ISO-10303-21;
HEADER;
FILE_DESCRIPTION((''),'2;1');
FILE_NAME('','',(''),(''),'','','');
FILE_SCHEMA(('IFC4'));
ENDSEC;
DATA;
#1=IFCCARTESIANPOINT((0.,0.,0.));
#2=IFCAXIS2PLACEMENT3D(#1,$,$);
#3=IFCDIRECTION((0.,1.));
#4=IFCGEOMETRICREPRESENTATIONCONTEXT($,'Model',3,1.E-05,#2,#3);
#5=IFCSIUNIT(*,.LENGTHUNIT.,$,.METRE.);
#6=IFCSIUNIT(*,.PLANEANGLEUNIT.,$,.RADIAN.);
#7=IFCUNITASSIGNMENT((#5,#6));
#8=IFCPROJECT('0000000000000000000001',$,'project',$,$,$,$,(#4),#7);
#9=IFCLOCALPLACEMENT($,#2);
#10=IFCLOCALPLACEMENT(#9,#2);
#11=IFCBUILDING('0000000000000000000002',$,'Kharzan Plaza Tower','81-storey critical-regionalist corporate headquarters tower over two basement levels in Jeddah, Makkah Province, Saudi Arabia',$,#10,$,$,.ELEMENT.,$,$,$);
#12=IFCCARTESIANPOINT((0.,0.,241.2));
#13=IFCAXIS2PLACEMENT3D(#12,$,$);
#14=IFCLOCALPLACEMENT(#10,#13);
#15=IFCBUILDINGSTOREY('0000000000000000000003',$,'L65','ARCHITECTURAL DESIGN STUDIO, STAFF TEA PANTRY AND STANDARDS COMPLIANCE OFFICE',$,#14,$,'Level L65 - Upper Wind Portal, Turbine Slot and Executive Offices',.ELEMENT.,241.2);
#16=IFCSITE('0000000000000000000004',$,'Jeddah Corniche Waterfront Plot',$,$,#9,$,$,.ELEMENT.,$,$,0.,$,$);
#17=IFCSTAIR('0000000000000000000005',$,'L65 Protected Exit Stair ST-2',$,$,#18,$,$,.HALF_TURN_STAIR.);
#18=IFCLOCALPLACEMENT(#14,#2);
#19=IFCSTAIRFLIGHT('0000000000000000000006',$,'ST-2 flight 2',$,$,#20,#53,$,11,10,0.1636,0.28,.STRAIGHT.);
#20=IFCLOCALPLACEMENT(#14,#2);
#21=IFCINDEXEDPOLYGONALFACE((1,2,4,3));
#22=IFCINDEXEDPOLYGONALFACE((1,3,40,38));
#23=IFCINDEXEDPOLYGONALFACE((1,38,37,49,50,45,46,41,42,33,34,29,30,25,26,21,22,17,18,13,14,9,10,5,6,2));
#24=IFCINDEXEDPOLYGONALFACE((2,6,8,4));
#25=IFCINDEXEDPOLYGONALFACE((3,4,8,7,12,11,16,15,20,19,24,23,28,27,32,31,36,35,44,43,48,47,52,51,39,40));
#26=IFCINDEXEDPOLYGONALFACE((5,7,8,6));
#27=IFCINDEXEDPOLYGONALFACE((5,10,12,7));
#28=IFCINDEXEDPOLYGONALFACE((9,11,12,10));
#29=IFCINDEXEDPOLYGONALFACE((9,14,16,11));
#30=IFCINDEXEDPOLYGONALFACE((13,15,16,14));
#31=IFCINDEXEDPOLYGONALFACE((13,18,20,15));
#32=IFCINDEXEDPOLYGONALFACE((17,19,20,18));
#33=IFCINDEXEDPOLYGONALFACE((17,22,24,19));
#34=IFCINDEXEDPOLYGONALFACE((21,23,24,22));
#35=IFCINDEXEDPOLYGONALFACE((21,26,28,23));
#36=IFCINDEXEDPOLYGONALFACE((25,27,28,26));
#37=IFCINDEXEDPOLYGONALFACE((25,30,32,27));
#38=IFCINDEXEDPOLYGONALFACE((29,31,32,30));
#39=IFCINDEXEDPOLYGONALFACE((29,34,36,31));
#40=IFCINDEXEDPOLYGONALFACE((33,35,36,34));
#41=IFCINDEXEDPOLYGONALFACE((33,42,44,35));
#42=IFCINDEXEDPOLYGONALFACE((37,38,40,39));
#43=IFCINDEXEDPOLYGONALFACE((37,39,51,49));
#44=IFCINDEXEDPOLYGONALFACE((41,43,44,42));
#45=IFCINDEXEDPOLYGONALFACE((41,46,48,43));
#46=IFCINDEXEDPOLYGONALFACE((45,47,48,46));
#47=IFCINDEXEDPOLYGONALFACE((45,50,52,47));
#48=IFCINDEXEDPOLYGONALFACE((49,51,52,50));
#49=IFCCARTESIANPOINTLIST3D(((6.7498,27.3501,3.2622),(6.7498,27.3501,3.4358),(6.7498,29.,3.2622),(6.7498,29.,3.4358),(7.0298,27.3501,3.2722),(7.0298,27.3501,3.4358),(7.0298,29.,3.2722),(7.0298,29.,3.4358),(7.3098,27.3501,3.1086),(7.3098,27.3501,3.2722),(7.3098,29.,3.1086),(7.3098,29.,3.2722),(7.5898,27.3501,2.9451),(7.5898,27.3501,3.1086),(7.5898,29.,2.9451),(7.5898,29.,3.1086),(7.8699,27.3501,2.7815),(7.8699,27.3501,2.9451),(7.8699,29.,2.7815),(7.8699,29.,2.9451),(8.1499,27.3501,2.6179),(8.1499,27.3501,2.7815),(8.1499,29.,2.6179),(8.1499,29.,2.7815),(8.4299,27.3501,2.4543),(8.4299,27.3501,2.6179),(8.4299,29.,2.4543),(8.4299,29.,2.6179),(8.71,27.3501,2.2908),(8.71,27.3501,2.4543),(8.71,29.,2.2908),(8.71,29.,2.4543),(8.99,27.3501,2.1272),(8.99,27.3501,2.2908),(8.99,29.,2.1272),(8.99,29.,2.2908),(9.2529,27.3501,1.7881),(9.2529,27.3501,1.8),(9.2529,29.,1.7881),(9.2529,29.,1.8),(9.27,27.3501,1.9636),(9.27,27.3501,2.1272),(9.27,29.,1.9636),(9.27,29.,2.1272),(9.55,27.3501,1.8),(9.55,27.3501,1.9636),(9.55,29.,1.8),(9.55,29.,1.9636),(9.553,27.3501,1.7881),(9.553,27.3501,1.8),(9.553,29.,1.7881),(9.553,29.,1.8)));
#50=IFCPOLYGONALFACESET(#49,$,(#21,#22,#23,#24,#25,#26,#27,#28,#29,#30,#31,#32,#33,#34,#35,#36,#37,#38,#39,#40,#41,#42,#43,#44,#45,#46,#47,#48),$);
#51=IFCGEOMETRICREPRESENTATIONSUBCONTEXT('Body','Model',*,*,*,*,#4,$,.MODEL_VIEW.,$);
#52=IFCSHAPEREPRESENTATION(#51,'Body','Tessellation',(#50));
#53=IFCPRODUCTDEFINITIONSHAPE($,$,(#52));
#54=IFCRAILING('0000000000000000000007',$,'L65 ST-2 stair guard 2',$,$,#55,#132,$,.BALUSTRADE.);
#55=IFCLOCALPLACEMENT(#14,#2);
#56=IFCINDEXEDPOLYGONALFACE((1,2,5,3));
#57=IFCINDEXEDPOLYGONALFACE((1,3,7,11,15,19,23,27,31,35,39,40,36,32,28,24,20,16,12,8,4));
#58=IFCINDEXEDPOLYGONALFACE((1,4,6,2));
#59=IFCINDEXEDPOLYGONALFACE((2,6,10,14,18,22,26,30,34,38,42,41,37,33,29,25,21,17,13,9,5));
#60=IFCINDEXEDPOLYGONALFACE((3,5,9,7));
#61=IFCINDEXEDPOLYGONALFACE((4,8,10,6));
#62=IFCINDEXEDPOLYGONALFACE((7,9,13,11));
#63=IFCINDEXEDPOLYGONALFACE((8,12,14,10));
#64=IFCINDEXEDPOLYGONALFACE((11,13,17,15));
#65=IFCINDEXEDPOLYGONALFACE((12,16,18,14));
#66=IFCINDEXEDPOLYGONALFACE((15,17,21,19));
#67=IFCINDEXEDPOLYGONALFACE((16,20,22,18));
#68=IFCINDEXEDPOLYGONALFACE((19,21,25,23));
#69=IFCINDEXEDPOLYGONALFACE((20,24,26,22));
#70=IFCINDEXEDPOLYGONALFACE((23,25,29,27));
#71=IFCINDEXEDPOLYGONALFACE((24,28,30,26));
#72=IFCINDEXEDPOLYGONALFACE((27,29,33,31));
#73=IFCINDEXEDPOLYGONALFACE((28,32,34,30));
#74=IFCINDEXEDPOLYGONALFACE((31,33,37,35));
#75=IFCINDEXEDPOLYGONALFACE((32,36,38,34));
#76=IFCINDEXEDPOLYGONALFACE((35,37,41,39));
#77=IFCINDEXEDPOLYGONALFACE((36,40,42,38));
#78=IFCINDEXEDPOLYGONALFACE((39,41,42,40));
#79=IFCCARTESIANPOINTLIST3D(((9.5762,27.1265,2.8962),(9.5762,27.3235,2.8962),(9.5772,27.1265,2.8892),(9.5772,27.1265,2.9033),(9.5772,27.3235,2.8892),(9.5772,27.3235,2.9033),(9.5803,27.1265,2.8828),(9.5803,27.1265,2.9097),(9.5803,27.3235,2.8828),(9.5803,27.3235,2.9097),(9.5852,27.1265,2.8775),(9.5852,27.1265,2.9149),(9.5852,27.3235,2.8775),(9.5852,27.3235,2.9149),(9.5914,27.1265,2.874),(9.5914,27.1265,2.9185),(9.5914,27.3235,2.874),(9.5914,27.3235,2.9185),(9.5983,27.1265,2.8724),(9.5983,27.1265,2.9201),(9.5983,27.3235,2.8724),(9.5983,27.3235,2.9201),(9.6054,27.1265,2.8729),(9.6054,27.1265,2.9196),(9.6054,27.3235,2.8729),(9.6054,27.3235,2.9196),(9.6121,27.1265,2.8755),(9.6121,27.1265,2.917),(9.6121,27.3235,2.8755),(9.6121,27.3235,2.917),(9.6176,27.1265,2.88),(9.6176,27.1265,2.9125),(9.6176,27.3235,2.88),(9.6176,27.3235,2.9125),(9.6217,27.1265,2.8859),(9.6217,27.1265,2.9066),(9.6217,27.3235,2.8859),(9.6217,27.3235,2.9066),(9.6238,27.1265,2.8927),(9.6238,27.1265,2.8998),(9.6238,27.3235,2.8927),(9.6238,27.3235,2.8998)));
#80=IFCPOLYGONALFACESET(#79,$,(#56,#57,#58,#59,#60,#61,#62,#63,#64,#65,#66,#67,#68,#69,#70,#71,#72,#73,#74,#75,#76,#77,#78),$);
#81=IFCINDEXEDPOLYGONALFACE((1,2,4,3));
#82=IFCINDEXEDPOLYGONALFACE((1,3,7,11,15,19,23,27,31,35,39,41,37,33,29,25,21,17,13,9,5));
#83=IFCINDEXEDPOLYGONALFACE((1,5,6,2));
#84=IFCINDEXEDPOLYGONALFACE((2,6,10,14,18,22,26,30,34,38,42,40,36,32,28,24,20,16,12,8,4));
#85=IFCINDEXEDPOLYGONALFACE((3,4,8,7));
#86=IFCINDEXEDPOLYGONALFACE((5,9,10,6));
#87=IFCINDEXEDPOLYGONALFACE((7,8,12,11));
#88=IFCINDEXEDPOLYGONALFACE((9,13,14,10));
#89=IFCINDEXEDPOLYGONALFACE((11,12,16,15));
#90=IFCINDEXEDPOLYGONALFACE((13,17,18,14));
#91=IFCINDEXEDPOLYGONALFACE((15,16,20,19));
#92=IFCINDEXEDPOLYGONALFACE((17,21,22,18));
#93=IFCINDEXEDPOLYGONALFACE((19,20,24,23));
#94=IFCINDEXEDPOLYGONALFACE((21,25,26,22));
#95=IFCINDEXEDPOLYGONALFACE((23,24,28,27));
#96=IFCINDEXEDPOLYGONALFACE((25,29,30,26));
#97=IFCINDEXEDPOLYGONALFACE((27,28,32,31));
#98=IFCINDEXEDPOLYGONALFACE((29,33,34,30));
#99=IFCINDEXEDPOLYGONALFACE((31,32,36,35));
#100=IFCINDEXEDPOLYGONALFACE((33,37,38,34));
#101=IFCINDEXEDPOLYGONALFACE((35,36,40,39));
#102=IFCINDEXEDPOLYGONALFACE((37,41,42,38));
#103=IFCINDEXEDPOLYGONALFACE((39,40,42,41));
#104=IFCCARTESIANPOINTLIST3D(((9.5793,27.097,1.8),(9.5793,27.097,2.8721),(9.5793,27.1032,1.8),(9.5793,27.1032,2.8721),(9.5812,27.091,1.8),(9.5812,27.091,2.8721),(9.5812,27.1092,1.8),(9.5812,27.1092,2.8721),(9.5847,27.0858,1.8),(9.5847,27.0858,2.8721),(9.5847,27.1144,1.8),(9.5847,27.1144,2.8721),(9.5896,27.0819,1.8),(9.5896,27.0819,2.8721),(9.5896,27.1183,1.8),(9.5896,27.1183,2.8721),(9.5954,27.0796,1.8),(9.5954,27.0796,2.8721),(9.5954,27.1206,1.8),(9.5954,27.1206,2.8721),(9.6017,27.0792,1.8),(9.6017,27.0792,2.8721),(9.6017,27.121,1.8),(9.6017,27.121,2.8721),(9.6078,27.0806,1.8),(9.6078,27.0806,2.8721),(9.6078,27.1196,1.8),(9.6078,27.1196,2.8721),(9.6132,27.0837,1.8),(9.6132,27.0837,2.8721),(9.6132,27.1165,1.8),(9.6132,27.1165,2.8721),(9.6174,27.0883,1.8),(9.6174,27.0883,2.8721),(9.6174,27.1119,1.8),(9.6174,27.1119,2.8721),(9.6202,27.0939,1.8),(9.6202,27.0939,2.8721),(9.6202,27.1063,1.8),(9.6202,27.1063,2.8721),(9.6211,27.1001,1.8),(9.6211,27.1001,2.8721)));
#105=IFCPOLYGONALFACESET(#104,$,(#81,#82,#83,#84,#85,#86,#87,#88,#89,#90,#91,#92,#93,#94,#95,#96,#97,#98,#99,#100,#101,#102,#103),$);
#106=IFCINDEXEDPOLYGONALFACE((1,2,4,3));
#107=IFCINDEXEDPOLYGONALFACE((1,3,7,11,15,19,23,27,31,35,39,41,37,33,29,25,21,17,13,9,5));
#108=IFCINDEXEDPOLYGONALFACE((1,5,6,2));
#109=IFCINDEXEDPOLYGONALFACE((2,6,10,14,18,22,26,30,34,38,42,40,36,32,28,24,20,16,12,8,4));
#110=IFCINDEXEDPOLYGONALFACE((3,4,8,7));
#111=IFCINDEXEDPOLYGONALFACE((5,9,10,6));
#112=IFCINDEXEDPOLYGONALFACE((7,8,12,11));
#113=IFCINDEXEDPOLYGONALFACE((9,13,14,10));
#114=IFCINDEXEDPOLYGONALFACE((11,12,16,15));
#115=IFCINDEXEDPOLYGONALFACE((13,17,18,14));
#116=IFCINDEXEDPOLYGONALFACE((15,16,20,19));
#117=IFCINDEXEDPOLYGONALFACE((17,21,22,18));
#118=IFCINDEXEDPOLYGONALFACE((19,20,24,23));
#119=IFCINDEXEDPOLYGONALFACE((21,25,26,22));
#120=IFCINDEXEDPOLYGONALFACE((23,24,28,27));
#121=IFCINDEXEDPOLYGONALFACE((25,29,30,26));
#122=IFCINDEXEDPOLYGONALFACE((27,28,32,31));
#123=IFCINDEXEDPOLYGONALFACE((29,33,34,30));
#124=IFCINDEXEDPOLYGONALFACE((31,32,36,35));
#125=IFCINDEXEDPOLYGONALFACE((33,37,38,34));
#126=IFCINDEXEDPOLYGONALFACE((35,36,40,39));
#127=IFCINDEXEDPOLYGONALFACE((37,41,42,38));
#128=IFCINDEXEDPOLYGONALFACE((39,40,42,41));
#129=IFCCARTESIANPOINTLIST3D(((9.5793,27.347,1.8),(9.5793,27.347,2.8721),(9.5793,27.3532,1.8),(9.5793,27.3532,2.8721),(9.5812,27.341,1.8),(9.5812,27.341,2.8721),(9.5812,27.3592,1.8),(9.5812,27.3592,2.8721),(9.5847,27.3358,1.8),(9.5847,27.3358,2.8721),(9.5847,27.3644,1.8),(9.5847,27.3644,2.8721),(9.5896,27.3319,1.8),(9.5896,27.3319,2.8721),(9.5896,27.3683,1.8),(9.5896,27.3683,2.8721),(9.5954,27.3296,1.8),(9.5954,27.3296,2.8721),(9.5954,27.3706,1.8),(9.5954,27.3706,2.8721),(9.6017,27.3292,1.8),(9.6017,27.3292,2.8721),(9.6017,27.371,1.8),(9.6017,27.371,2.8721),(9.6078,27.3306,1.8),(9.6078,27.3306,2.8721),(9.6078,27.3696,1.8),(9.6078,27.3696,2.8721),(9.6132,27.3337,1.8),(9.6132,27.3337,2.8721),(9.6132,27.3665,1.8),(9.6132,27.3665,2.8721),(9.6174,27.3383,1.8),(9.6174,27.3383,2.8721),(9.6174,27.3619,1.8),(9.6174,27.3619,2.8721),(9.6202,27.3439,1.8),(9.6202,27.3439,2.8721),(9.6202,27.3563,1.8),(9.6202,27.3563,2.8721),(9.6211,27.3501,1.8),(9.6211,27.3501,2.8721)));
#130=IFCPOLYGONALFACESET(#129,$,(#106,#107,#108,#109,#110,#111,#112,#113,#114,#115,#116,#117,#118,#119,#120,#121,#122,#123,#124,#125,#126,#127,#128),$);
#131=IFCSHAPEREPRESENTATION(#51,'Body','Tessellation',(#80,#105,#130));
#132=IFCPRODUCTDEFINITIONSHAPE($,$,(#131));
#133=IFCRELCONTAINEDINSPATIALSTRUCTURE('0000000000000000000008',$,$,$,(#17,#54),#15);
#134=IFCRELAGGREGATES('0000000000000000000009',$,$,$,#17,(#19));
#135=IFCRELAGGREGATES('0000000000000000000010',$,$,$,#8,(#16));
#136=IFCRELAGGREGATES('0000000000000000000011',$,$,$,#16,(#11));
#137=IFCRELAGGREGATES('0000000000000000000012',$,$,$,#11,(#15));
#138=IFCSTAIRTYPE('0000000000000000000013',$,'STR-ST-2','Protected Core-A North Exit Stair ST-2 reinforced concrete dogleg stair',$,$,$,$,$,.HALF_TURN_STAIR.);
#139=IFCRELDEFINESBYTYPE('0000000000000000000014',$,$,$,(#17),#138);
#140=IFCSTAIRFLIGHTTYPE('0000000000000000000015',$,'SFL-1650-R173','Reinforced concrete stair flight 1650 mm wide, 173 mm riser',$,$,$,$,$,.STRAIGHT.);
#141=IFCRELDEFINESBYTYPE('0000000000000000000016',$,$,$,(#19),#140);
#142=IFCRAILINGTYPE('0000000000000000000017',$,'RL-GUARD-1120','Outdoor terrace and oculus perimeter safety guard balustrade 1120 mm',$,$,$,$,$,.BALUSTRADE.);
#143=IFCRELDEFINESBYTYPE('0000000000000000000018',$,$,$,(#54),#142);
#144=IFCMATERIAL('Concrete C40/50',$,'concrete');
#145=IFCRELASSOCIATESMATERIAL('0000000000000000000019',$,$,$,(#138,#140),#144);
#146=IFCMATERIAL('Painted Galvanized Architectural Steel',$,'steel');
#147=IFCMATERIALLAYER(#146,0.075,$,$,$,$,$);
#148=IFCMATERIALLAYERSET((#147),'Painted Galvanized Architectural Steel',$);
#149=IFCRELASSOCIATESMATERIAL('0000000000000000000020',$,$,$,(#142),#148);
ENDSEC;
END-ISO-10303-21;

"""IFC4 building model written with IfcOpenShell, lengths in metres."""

from ifc_helpers import new_model, si_unit, direction, frame, origin, origin_2d, place, context, subcontext, project, spatial, polyline, circle, outline, extrude, source, transform, mapped, material, layer, layer_set, type_object, element, aggregate, save


model = new_model("IFC4")

# Units and contexts
model_context = context("Model", 3, precision=1e-05, world=origin(), true_north=direction((0.0, 1.0)))
body_context = subcontext(model_context, "Body", "Model", "MODEL_VIEW")
ifc_project = project(units=[si_unit("LENGTHUNIT", "METRE"), si_unit("PLANEANGLEUNIT", "RADIAN")], contexts=[model_context])

# Site, building, storey
site_placement = place(None, origin())
site = spatial("IfcSite", under=ifc_project, at=site_placement, Name="Jeddah Corniche Waterfront Plot", CompositionType="ELEMENT", RefElevation=0.0)
building_placement = place(site_placement, origin())
building = spatial("IfcBuilding", under=site, at=building_placement, Name="Kharzan Plaza Tower", Description="81-storey critical-regionalist corporate headquarters tower over two basement levels in Jeddah, Makkah Province, Saudi Arabia", CompositionType="ELEMENT")
storey_placement = place(building_placement, frame((0.0, 0.0, 241.2)))
storey = spatial("IfcBuildingStorey", under=building, at=storey_placement, Name="L65", Description="ARCHITECTURAL DESIGN STUDIO, STAFF TEA PANTRY AND STANDARDS COMPLIANCE OFFICE", LongName="Level L65 - Upper Wind Portal, Turbine Slot and Executive Offices", CompositionType="ELEMENT", Elevation=241.2)

# Shared definitions
ifc_material_1 = material(Name="Concrete C40/50", Category="concrete")

# Stair, stair flight
stair_type = type_object("IfcStairType", Name="STR-ST-2", Description="Protected Core-A North Exit Stair ST-2 reinforced concrete dogleg stair", PredefinedType="HALF_TURN_STAIR", material=ifc_material_1)
stair_placement = place(storey_placement, origin())
stair = element("IfcStair", 1, at=stair_placement, inside=storey, type_object=stair_type, Name="L65 Protected Exit Stair ST-2", PredefinedType="HALF_TURN_STAIR")
stair_flight_type = type_object("IfcStairFlightType", Name="SFL-1650-R173", Description="Reinforced concrete stair flight 1650 mm wide, 173 mm riser", PredefinedType="STRAIGHT", material=ifc_material_1)
shared_shape_1 = source(origin(), body_context, "Body", "SweptSolid", [
    extrude(outline(polyline([(-0.0029, -0.012), (-0.0029, 0.0), (0.0, 0.0), (0.0, 0.1636), (0.28, 0.1636), (0.28, 0.3271), (0.5601, 0.3271), (0.5601, 0.4907), (0.8401, 0.4907), (0.8401, 0.6543), (1.1201, 0.6543), (1.1201, 0.8179), (1.4001, 0.8179), (1.4001, 0.9814), (1.6802, 0.9814), (1.6802, 1.145), (1.9602, 1.145), (1.9602, 1.3086), (2.2402, 1.3086), (2.2402, 1.4722), (2.5203, 1.4722), (2.5203, 1.6357), (2.8003, 1.6357), (2.8003, 1.7993), (2.8003, 1.4622), (0.2971, 0.0), (0.2971, -0.012), (-0.0029, -0.012)])), frame((0.0, 0.825, 0.0), z_axis=(0.0, -1.0, 0.0), x_axis=(1.0, 0.0, 0.0)), (0.0, 0.0, 1.0), 1.6499),
])
stair_flight_placement = place(storey_placement, frame((9.55, 28.175, 1.8), z_axis=(0.0, 0.0, 1.0), x_axis=(-1.0, 0.0, 0.0)))
stair_flight = element("IfcStairFlight", 2, at=stair_flight_placement, type_object=stair_flight_type, Name="ST-2 flight 2", NumberOfRisers=11, NumberOfTreads=10, PredefinedType="STRAIGHT", RiserHeight=0.1636, TreadLength=0.28, context=body_context, shape_type="MappedRepresentation", body=[
    mapped(shared_shape_1, transform((0.0, 0.0, 0.0), x_axis=(1.0, 0.0, 0.0), y_axis=(0.0, 1.0, 0.0), z_axis=(0.0, 0.0, 1.0))),
])
aggregate(stair, [stair_flight])

# Railing
ifc_material_2 = material(Name="Painted Galvanized Architectural Steel", Category="steel")
ifc_layer_1 = layer(ifc_material_2, 0.075)
ifc_layer_set_1 = layer_set([ifc_layer_1], Name="Painted Galvanized Architectural Steel")
railing_type = type_object("IfcRailingType", Name="RL-GUARD-1120", Description="Outdoor terrace and oculus perimeter safety guard balustrade 1120 mm", PredefinedType="BALUSTRADE", material=ifc_layer_set_1)
shared_shape_2 = source(origin(), body_context, "Body", "SweptSolid", [
    extrude(circle(Radius=0.0239, at=origin_2d()), frame((0.0, 0.0264, 1.0962), z_axis=(0.0, 1.0, 0.0), x_axis=(-1.0, 0.0, 0.0)), (0.0, 0.0, 1.0), 0.197),
    extrude(circle(Radius=0.021, at=origin_2d()), origin(), (0.0, 0.0, 1.0), 1.072),
    extrude(circle(Radius=0.021, at=origin_2d()), frame((0.0, 0.25, 0.0)), (0.0, 0.0, 1.0), 1.072),
])
railing_1_placement = place(storey_placement, frame((9.6001, 27.1001, 1.8)))
element("IfcRailing", 3, at=railing_1_placement, inside=storey, type_object=railing_type, Name="L65 ST-2 stair guard 2", PredefinedType="BALUSTRADE", context=body_context, shape_type="MappedRepresentation", body=[
    mapped(shared_shape_2, transform((0.0, 0.0, 0.0), x_axis=(1.0, 0.0, 0.0), y_axis=(0.0, 1.0, 0.0), z_axis=(0.0, 0.0, 1.0))),
])

save(model, "model.ifc")
